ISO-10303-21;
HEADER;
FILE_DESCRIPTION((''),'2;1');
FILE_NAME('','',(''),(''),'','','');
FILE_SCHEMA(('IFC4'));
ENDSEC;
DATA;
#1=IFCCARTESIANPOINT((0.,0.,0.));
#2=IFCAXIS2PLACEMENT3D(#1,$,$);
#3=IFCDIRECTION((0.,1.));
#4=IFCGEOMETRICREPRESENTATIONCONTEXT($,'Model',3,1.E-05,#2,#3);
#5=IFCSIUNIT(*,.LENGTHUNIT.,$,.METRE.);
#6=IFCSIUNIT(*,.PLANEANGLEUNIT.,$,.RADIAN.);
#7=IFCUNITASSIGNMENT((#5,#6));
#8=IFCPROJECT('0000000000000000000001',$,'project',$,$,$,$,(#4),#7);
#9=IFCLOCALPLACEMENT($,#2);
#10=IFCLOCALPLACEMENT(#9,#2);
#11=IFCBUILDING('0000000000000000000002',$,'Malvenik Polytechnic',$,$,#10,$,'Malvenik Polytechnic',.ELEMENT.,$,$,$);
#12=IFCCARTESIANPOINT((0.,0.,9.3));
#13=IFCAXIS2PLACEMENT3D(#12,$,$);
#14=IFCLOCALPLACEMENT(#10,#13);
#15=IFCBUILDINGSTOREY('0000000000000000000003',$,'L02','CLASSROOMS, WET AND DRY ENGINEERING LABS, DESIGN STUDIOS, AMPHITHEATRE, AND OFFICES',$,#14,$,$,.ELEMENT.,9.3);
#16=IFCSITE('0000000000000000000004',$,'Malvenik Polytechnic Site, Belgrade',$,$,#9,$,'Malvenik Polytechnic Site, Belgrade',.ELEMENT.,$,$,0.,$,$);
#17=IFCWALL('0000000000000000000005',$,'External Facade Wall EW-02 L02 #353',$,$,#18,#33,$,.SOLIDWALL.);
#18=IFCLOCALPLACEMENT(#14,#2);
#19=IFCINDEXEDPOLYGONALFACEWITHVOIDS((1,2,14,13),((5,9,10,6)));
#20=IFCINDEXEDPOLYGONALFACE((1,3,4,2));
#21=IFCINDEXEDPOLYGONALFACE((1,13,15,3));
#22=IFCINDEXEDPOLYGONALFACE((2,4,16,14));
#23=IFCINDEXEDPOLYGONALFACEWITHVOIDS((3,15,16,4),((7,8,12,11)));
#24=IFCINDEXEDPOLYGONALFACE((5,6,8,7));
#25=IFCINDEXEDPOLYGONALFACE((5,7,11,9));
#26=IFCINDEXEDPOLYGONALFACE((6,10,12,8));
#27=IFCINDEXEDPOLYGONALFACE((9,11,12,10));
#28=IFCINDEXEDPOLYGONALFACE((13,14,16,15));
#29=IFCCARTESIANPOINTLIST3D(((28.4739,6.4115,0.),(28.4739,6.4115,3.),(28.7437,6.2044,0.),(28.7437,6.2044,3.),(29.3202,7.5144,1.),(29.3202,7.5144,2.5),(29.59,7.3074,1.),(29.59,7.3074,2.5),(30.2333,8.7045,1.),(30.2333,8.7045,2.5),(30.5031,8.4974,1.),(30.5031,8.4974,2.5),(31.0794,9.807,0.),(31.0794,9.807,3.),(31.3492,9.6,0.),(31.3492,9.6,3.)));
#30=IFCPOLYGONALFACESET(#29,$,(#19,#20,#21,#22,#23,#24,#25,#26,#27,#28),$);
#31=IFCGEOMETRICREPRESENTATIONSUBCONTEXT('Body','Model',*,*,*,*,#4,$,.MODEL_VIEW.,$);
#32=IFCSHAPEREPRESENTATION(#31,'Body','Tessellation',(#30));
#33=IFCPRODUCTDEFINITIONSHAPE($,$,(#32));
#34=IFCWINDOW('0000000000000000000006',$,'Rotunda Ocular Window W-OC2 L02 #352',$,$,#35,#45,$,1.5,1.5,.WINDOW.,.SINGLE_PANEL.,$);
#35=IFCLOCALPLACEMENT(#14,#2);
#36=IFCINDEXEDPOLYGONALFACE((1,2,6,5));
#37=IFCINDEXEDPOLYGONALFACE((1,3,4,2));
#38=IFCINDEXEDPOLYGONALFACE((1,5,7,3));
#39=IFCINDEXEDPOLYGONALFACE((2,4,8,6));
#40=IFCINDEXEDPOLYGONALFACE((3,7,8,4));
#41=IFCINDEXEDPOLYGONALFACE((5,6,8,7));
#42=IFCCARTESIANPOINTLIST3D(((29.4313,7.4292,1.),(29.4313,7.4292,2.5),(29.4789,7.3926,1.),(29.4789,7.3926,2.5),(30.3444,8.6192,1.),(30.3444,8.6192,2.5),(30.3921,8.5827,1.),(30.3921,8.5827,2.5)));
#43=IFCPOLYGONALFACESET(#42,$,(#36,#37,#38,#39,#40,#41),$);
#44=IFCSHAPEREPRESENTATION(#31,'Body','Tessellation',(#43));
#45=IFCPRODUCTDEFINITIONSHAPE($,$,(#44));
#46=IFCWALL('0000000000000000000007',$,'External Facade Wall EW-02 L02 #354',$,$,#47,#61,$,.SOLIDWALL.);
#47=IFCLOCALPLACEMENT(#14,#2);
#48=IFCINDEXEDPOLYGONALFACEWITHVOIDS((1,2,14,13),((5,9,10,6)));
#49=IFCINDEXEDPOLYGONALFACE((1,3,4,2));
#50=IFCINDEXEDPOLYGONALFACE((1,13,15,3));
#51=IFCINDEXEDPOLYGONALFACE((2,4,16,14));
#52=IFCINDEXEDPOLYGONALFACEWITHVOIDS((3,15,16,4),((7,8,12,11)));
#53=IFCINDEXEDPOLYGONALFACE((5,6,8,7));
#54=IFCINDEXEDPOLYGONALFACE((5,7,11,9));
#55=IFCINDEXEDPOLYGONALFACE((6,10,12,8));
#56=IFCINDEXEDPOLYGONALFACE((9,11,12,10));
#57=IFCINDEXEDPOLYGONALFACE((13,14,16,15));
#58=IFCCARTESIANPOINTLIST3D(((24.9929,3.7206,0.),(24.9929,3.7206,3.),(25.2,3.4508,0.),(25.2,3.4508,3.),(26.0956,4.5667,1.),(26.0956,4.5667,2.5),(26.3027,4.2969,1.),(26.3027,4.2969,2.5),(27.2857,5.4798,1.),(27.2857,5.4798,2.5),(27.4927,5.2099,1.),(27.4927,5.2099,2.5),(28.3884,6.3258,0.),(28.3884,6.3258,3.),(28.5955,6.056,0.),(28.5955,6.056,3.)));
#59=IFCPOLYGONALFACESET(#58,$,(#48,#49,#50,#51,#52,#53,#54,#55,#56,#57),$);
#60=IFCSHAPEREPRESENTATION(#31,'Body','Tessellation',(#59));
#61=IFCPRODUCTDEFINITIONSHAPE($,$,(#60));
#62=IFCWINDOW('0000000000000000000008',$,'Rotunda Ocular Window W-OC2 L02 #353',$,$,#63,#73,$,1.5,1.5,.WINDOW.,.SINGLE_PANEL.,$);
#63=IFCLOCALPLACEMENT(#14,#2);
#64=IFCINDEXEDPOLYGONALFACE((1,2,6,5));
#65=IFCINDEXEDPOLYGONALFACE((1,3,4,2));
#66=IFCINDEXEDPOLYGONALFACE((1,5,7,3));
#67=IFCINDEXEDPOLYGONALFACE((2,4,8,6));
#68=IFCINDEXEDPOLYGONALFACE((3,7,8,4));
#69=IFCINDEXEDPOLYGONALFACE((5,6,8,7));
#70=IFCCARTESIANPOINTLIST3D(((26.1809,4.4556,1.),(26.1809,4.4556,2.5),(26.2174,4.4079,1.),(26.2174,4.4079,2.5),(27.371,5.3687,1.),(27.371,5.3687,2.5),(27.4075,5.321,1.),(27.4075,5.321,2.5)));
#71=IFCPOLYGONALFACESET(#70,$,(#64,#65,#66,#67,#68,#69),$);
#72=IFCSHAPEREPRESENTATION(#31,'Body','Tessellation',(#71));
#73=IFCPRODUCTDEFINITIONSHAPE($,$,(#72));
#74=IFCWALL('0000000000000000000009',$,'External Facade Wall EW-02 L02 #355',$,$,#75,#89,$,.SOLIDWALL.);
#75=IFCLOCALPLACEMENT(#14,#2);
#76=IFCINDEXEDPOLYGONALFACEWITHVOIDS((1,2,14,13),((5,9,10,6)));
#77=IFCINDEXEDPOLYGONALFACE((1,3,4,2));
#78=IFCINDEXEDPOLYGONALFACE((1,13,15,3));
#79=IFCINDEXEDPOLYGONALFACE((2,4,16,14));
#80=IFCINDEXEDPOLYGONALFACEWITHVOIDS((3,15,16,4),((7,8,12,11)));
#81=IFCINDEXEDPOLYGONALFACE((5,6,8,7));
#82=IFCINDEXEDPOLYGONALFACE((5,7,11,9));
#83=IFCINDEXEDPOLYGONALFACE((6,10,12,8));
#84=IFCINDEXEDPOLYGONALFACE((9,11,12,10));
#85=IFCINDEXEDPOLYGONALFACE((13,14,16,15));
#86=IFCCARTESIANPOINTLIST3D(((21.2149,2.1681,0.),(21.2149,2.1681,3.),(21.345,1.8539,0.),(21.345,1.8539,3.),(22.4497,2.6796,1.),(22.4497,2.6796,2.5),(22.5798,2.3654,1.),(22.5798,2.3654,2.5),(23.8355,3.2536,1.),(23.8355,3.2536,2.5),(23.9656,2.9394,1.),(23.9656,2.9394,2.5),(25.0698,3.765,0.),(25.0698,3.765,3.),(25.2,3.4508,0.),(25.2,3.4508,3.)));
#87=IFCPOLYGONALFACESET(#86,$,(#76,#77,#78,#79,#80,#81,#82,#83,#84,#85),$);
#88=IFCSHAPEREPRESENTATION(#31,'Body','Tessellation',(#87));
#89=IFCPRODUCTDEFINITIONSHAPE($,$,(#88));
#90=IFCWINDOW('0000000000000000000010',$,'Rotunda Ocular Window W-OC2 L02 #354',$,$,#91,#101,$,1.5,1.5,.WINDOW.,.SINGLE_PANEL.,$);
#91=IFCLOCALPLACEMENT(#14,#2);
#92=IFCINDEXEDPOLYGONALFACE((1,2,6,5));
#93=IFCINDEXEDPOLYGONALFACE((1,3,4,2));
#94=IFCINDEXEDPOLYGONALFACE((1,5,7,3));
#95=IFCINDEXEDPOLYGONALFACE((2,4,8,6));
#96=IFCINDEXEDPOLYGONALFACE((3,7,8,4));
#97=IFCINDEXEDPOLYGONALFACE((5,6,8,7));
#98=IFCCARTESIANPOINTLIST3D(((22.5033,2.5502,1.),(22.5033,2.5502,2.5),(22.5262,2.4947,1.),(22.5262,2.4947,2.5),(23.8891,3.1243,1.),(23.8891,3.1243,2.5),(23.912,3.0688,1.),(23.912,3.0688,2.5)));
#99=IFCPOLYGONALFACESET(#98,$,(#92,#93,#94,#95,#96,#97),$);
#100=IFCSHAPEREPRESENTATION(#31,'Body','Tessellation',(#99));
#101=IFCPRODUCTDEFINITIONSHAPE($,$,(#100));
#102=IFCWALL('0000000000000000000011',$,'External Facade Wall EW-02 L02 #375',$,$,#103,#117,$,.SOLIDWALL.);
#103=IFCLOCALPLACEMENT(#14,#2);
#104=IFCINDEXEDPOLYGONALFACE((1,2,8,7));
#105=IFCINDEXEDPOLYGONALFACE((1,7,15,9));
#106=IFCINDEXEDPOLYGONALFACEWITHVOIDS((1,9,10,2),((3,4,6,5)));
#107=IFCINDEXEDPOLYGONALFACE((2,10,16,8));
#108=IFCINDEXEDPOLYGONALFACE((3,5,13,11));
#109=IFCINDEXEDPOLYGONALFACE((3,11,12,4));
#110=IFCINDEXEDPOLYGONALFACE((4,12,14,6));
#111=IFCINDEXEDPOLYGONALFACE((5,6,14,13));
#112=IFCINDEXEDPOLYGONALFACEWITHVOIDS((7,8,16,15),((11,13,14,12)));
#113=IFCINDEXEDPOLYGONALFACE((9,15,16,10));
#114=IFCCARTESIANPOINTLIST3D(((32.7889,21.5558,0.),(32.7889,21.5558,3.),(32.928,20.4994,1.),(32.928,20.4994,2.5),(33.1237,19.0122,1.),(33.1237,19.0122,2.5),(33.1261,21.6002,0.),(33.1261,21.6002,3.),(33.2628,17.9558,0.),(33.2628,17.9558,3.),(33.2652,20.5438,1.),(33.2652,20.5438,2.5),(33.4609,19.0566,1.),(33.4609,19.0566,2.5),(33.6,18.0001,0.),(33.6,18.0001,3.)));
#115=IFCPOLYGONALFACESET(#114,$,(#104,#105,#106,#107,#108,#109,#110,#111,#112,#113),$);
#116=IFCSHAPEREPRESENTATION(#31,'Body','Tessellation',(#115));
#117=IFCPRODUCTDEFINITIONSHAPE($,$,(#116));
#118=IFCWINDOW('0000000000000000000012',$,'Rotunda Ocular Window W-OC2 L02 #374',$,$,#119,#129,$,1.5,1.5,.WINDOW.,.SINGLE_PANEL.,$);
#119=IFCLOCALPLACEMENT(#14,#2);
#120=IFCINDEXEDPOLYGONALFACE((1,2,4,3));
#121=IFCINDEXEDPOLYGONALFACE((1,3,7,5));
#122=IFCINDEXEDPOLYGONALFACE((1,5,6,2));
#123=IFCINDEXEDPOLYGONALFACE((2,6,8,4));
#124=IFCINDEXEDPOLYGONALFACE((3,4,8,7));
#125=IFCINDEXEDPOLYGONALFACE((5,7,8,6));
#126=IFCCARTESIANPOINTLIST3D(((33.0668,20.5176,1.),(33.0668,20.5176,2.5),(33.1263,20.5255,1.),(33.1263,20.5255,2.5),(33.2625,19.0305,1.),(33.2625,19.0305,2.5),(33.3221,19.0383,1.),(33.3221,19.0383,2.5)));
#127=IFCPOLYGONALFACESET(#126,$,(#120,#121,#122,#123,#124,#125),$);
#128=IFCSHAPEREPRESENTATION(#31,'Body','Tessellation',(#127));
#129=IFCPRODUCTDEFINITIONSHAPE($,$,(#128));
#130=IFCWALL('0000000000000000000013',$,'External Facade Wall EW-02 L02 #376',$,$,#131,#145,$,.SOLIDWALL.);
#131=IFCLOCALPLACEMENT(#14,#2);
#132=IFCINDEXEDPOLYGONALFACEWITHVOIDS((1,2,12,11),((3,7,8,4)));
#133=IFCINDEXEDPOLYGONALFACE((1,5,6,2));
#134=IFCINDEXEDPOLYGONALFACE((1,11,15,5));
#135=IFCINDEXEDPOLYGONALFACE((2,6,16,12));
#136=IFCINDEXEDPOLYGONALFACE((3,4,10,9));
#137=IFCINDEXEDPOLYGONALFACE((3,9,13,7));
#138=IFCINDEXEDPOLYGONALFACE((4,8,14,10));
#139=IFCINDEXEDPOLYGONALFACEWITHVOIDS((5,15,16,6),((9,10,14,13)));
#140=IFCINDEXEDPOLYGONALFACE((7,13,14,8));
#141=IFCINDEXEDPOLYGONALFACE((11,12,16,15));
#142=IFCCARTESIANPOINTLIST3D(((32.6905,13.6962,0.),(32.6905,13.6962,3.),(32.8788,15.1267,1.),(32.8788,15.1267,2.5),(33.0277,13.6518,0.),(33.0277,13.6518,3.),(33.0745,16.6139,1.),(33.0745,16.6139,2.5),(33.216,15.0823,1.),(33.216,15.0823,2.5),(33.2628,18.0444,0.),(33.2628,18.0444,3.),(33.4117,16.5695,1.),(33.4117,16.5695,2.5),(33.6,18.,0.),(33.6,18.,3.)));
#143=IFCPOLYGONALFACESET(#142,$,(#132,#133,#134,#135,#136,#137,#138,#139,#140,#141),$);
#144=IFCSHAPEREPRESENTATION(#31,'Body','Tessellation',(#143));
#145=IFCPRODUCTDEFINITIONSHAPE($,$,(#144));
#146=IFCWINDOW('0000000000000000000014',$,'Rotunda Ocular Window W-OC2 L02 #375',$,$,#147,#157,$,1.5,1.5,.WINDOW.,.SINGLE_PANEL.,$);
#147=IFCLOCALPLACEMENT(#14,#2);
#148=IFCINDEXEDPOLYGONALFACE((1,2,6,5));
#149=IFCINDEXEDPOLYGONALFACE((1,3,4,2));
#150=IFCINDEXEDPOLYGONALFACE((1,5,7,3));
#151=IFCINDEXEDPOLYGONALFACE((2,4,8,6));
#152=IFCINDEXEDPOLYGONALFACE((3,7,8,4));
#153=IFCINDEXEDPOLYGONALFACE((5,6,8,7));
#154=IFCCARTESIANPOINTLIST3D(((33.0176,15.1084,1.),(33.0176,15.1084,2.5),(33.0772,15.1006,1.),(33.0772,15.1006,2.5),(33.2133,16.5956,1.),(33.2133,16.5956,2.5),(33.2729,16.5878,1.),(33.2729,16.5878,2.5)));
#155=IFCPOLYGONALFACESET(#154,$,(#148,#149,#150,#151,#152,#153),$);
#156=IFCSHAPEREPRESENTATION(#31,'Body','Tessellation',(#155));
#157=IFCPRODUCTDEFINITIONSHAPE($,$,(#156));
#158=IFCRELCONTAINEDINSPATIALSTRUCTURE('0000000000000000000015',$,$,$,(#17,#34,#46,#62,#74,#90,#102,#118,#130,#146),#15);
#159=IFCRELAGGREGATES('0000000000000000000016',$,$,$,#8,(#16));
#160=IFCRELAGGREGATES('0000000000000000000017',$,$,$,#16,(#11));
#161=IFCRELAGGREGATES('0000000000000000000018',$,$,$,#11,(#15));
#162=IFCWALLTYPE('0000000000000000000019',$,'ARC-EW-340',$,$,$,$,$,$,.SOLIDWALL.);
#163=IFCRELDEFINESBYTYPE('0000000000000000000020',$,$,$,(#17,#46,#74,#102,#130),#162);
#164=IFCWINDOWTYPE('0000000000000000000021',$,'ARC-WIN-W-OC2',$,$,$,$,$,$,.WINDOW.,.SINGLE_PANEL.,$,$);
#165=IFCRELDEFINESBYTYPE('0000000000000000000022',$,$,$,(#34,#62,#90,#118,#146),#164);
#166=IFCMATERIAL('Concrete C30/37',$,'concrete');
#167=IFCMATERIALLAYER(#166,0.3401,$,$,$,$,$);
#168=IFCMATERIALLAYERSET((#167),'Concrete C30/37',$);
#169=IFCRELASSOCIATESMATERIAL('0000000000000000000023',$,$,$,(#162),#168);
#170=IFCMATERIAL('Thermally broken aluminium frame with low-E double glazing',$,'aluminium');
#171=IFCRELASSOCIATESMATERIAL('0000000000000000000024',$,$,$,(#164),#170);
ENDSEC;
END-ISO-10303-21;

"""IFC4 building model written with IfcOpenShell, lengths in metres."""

from ifc_helpers import new_model, si_unit, direction, frame, frame_2d, origin, place, context, subcontext, project, spatial, rectangle, extrude, material, layer, layer_set, type_object, element, fill, save


model = new_model("IFC4")

# Units and contexts
model_context = context("Model", 3, precision=1e-05, world=origin(), true_north=direction((0.0, 1.0)))
body_context = subcontext(model_context, "Body", "Model", "MODEL_VIEW")
ifc_project = project(units=[si_unit("LENGTHUNIT", "METRE"), si_unit("PLANEANGLEUNIT", "RADIAN")], contexts=[model_context])

# Site, building, storey
site_placement = place(None, origin())
site = spatial("IfcSite", under=ifc_project, at=site_placement, Name="Malvenik Polytechnic Site, Belgrade", LongName="Malvenik Polytechnic Site, Belgrade", CompositionType="ELEMENT", RefElevation=0.0)
building_placement = place(site_placement, origin())
building = spatial("IfcBuilding", under=site, at=building_placement, Name="Malvenik Polytechnic", LongName="Malvenik Polytechnic", CompositionType="ELEMENT")
storey_placement = place(building_placement, frame((0.0, 0.0, 9.3)))
storey = spatial("IfcBuildingStorey", under=building, at=storey_placement, Name="L02", Description="CLASSROOMS, WET AND DRY ENGINEERING LABS, DESIGN STUDIOS, AMPHITHEATRE, AND OFFICES", CompositionType="ELEMENT", Elevation=9.3)

# Shared definitions
ifc_material_1 = material(Name="Concrete C30/37", Category="concrete")

# Walls, openings, windows
ifc_layer_1 = layer(ifc_material_1, 0.3401)
ifc_layer_set_1 = layer_set([ifc_layer_1], Name="Concrete C30/37")
wall_type_1 = type_object("IfcWallType", Name="ARC-EW-340", PredefinedType="SOLIDWALL", material=ifc_layer_set_1)
ifc_material_2 = material(Name="Thermally broken aluminium frame with low-E double glazing", Category="aluminium")
window_type = type_object("IfcWindowType", Name="ARC-WIN-W-OC2", PartitioningType="SINGLE_PANEL", PredefinedType="WINDOW", material=ifc_material_2)
wall_1_placement = place(storey_placement, frame((31.2144, 9.7036, 0.0), z_axis=(0.0, 0.0, 1.0), x_axis=(-0.608762, -0.793353, 0.0)))
wall_1 = element("IfcWall", 1, at=wall_1_placement, inside=storey, type_object=wall_type_1, Name="External Facade Wall EW-02 L02 #353", PredefinedType="SOLIDWALL", context=body_context, shape_type="SweptSolid", body=[
    extrude(rectangle(XDim=4.28, YDim=0.3401, at=frame_2d((2.1401, 0.0))), origin(), (0.0, 0.0, 1.0), 3.0),
])
opening_1_placement = place(wall_1_placement, frame((1.3899, 0.0, 1.0)))
opening_1 = element("IfcOpeningElement", 2, at=opening_1_placement, cuts=wall_1, PredefinedType="OPENING", context=body_context, shape_type="SweptSolid", body=[
    extrude(rectangle(XDim=1.5, YDim=1.5, at=frame_2d((0.75, 0.75))), frame((0.0, 0.1802, 0.0), z_axis=(0.0, -1.0, 0.0), x_axis=(1.0, 0.0, 0.0)), (0.0, 0.0, 1.0), 0.3601),
])
window_1_placement = place(opening_1_placement, origin())
window_1 = element("IfcWindow", 3, at=window_1_placement, inside=storey, type_object=window_type, Name="Rotunda Ocular Window W-OC2 L02 #352", OverallHeight=1.5, OverallWidth=1.5, PartitioningType="SINGLE_PANEL", PredefinedType="WINDOW", context=body_context, shape_type="SweptSolid", body=[
    extrude(rectangle(XDim=1.5, YDim=1.5, at=frame_2d((0.75, 0.75))), frame((0.0, 0.03, 0.0), z_axis=(0.0, -1.0, 0.0), x_axis=(1.0, 0.0, 0.0)), (0.0, 0.0, 1.0), 0.0601),
])
fill(opening_1, window_1)
wall_2_placement = place(storey_placement, frame((28.4919, 6.1909, 0.0), z_axis=(0.0, 0.0, 1.0), x_axis=(-0.79338, -0.608726, 0.0)))
wall_2 = element("IfcWall", 4, at=wall_2_placement, inside=storey, type_object=wall_type_1, Name="External Facade Wall EW-02 L02 #354", PredefinedType="SOLIDWALL", context=body_context, shape_type="SweptSolid", body=[
    extrude(rectangle(XDim=4.2798, YDim=0.3401, at=frame_2d((2.1399, 0.0))), origin(), (0.0, 0.0, 1.0), 3.0),
])
opening_2_placement = place(wall_2_placement, frame((1.3899, 0.0, 1.0)))
opening_2 = element("IfcOpeningElement", 5, at=opening_2_placement, cuts=wall_2, PredefinedType="OPENING", context=body_context, shape_type="SweptSolid", body=[
    extrude(rectangle(XDim=1.5, YDim=1.5, at=frame_2d((0.75, 0.75))), frame((0.0, 0.1802, 0.0), z_axis=(0.0, -1.0, 0.0), x_axis=(1.0, 0.0, 0.0)), (0.0, 0.0, 1.0), 0.3601),
])
window_2_placement = place(opening_2_placement, origin())
window_2 = element("IfcWindow", 6, at=window_2_placement, inside=storey, type_object=window_type, Name="Rotunda Ocular Window W-OC2 L02 #353", OverallHeight=1.5, OverallWidth=1.5, PartitioningType="SINGLE_PANEL", PredefinedType="WINDOW", context=body_context, shape_type="SweptSolid", body=[
    extrude(rectangle(XDim=1.5, YDim=1.5, at=frame_2d((0.75, 0.75))), frame((0.0, 0.03, 0.0), z_axis=(0.0, -1.0, 0.0), x_axis=(1.0, 0.0, 0.0)), (0.0, 0.0, 1.0), 0.0601),
])
fill(opening_2, window_2)
wall_3_placement = place(storey_placement, frame((25.135, 3.6079, 0.0), z_axis=(0.0, 0.0, 1.0), x_axis=(-0.923868, -0.382712, 0.0)))
wall_3 = element("IfcWall", 7, at=wall_3_placement, inside=storey, type_object=wall_type_1, Name="External Facade Wall EW-02 L02 #355", PredefinedType="SOLIDWALL", context=body_context, shape_type="SweptSolid", body=[
    extrude(rectangle(XDim=4.1726, YDim=0.3401, at=frame_2d((2.0864, 0.0))), origin(), (0.0, 0.0, 1.0), 3.0),
])
opening_3_placement = place(wall_3_placement, frame((1.3362, 0.0, 1.0)))
opening_3 = element("IfcOpeningElement", 8, at=opening_3_placement, cuts=wall_3, PredefinedType="OPENING", context=body_context, shape_type="SweptSolid", body=[
    extrude(rectangle(XDim=1.5, YDim=1.5, at=frame_2d((0.75, 0.75))), frame((0.0, 0.1802, 0.0), z_axis=(0.0, -1.0, 0.0), x_axis=(1.0, 0.0, 0.0)), (0.0, 0.0, 1.0), 0.3601),
])
window_3_placement = place(opening_3_placement, origin())
window_3 = element("IfcWindow", 9, at=window_3_placement, inside=storey, type_object=window_type, Name="Rotunda Ocular Window W-OC2 L02 #354", OverallHeight=1.5, OverallWidth=1.5, PartitioningType="SINGLE_PANEL", PredefinedType="WINDOW", context=body_context, shape_type="SweptSolid", body=[
    extrude(rectangle(XDim=1.5, YDim=1.5, at=frame_2d((0.75, 0.75))), frame((0.0, 0.03, 0.0), z_axis=(0.0, -1.0, 0.0), x_axis=(1.0, 0.0, 0.0)), (0.0, 0.0, 1.0), 0.0601),
])
fill(opening_3, window_3)
wall_4_placement = place(storey_placement, frame((32.9575, 21.5779, 0.0), z_axis=(0.0, 0.0, 1.0), x_axis=(0.130503, -0.991448, 0.0)))
wall_4 = element("IfcWall", 10, at=wall_4_placement, inside=storey, type_object=wall_type_1, Name="External Facade Wall EW-02 L02 #375", PredefinedType="SOLIDWALL", context=body_context, shape_type="SweptSolid", body=[
    extrude(rectangle(XDim=3.6311, YDim=0.3401, at=frame_2d((1.8154, 0.0))), origin(), (0.0, 0.0, 1.0), 3.0),
])
opening_4_placement = place(wall_4_placement, frame((1.0654, 0.0, 1.0)))
opening_4 = element("IfcOpeningElement", 11, at=opening_4_placement, cuts=wall_4, PredefinedType="OPENING", context=body_context, shape_type="SweptSolid", body=[
    extrude(rectangle(XDim=1.5, YDim=1.5, at=frame_2d((0.75, 0.75))), frame((0.0, 0.1802, 0.0), z_axis=(0.0, -1.0, 0.0), x_axis=(1.0, 0.0, 0.0)), (0.0, 0.0, 1.0), 0.3601),
])
window_4_placement = place(opening_4_placement, origin())
window_4 = element("IfcWindow", 12, at=window_4_placement, inside=storey, type_object=window_type, Name="Rotunda Ocular Window W-OC2 L02 #374", OverallHeight=1.5, OverallWidth=1.5, PartitioningType="SINGLE_PANEL", PredefinedType="WINDOW", context=body_context, shape_type="SweptSolid", body=[
    extrude(rectangle(XDim=1.5, YDim=1.5, at=frame_2d((0.75, 0.75))), frame((0.0, 0.03, 0.0), z_axis=(0.0, -1.0, 0.0), x_axis=(1.0, 0.0, 0.0)), (0.0, 0.0, 1.0), 0.0601),
])
fill(opening_4, window_4)
wall_5_placement = place(storey_placement, frame((33.4314, 18.0222, 0.0), z_axis=(0.0, 0.0, 1.0), x_axis=(-0.130486, -0.99145, 0.0)))
wall_5 = element("IfcWall", 13, at=wall_5_placement, inside=storey, type_object=wall_type_1, Name="External Facade Wall EW-02 L02 #376", PredefinedType="SOLIDWALL", context=body_context, shape_type="SweptSolid", body=[
    extrude(rectangle(XDim=4.3857, YDim=0.3401, at=frame_2d((2.1929, 0.0))), origin(), (0.0, 0.0, 1.0), 3.0),
])
opening_5_placement = place(wall_5_placement, frame((1.4429, 0.0, 1.0)))
opening_5 = element("IfcOpeningElement", 14, at=opening_5_placement, cuts=wall_5, PredefinedType="OPENING", context=body_context, shape_type="SweptSolid", body=[
    extrude(rectangle(XDim=1.5, YDim=1.5, at=frame_2d((0.75, 0.75))), frame((0.0, 0.1802, 0.0), z_axis=(0.0, -1.0, 0.0), x_axis=(1.0, 0.0, 0.0)), (0.0, 0.0, 1.0), 0.3601),
])
window_5_placement = place(opening_5_placement, origin())
window_5 = element("IfcWindow", 15, at=window_5_placement, inside=storey, type_object=window_type, Name="Rotunda Ocular Window W-OC2 L02 #375", OverallHeight=1.5, OverallWidth=1.5, PartitioningType="SINGLE_PANEL", PredefinedType="WINDOW", context=body_context, shape_type="SweptSolid", body=[
    extrude(rectangle(XDim=1.5, YDim=1.5, at=frame_2d((0.75, 0.75))), frame((0.0, 0.03, 0.0), z_axis=(0.0, -1.0, 0.0), x_axis=(1.0, 0.0, 0.0)), (0.0, 0.0, 1.0), 0.0601),
])
fill(opening_5, window_5)

save(model, "model.ifc")
